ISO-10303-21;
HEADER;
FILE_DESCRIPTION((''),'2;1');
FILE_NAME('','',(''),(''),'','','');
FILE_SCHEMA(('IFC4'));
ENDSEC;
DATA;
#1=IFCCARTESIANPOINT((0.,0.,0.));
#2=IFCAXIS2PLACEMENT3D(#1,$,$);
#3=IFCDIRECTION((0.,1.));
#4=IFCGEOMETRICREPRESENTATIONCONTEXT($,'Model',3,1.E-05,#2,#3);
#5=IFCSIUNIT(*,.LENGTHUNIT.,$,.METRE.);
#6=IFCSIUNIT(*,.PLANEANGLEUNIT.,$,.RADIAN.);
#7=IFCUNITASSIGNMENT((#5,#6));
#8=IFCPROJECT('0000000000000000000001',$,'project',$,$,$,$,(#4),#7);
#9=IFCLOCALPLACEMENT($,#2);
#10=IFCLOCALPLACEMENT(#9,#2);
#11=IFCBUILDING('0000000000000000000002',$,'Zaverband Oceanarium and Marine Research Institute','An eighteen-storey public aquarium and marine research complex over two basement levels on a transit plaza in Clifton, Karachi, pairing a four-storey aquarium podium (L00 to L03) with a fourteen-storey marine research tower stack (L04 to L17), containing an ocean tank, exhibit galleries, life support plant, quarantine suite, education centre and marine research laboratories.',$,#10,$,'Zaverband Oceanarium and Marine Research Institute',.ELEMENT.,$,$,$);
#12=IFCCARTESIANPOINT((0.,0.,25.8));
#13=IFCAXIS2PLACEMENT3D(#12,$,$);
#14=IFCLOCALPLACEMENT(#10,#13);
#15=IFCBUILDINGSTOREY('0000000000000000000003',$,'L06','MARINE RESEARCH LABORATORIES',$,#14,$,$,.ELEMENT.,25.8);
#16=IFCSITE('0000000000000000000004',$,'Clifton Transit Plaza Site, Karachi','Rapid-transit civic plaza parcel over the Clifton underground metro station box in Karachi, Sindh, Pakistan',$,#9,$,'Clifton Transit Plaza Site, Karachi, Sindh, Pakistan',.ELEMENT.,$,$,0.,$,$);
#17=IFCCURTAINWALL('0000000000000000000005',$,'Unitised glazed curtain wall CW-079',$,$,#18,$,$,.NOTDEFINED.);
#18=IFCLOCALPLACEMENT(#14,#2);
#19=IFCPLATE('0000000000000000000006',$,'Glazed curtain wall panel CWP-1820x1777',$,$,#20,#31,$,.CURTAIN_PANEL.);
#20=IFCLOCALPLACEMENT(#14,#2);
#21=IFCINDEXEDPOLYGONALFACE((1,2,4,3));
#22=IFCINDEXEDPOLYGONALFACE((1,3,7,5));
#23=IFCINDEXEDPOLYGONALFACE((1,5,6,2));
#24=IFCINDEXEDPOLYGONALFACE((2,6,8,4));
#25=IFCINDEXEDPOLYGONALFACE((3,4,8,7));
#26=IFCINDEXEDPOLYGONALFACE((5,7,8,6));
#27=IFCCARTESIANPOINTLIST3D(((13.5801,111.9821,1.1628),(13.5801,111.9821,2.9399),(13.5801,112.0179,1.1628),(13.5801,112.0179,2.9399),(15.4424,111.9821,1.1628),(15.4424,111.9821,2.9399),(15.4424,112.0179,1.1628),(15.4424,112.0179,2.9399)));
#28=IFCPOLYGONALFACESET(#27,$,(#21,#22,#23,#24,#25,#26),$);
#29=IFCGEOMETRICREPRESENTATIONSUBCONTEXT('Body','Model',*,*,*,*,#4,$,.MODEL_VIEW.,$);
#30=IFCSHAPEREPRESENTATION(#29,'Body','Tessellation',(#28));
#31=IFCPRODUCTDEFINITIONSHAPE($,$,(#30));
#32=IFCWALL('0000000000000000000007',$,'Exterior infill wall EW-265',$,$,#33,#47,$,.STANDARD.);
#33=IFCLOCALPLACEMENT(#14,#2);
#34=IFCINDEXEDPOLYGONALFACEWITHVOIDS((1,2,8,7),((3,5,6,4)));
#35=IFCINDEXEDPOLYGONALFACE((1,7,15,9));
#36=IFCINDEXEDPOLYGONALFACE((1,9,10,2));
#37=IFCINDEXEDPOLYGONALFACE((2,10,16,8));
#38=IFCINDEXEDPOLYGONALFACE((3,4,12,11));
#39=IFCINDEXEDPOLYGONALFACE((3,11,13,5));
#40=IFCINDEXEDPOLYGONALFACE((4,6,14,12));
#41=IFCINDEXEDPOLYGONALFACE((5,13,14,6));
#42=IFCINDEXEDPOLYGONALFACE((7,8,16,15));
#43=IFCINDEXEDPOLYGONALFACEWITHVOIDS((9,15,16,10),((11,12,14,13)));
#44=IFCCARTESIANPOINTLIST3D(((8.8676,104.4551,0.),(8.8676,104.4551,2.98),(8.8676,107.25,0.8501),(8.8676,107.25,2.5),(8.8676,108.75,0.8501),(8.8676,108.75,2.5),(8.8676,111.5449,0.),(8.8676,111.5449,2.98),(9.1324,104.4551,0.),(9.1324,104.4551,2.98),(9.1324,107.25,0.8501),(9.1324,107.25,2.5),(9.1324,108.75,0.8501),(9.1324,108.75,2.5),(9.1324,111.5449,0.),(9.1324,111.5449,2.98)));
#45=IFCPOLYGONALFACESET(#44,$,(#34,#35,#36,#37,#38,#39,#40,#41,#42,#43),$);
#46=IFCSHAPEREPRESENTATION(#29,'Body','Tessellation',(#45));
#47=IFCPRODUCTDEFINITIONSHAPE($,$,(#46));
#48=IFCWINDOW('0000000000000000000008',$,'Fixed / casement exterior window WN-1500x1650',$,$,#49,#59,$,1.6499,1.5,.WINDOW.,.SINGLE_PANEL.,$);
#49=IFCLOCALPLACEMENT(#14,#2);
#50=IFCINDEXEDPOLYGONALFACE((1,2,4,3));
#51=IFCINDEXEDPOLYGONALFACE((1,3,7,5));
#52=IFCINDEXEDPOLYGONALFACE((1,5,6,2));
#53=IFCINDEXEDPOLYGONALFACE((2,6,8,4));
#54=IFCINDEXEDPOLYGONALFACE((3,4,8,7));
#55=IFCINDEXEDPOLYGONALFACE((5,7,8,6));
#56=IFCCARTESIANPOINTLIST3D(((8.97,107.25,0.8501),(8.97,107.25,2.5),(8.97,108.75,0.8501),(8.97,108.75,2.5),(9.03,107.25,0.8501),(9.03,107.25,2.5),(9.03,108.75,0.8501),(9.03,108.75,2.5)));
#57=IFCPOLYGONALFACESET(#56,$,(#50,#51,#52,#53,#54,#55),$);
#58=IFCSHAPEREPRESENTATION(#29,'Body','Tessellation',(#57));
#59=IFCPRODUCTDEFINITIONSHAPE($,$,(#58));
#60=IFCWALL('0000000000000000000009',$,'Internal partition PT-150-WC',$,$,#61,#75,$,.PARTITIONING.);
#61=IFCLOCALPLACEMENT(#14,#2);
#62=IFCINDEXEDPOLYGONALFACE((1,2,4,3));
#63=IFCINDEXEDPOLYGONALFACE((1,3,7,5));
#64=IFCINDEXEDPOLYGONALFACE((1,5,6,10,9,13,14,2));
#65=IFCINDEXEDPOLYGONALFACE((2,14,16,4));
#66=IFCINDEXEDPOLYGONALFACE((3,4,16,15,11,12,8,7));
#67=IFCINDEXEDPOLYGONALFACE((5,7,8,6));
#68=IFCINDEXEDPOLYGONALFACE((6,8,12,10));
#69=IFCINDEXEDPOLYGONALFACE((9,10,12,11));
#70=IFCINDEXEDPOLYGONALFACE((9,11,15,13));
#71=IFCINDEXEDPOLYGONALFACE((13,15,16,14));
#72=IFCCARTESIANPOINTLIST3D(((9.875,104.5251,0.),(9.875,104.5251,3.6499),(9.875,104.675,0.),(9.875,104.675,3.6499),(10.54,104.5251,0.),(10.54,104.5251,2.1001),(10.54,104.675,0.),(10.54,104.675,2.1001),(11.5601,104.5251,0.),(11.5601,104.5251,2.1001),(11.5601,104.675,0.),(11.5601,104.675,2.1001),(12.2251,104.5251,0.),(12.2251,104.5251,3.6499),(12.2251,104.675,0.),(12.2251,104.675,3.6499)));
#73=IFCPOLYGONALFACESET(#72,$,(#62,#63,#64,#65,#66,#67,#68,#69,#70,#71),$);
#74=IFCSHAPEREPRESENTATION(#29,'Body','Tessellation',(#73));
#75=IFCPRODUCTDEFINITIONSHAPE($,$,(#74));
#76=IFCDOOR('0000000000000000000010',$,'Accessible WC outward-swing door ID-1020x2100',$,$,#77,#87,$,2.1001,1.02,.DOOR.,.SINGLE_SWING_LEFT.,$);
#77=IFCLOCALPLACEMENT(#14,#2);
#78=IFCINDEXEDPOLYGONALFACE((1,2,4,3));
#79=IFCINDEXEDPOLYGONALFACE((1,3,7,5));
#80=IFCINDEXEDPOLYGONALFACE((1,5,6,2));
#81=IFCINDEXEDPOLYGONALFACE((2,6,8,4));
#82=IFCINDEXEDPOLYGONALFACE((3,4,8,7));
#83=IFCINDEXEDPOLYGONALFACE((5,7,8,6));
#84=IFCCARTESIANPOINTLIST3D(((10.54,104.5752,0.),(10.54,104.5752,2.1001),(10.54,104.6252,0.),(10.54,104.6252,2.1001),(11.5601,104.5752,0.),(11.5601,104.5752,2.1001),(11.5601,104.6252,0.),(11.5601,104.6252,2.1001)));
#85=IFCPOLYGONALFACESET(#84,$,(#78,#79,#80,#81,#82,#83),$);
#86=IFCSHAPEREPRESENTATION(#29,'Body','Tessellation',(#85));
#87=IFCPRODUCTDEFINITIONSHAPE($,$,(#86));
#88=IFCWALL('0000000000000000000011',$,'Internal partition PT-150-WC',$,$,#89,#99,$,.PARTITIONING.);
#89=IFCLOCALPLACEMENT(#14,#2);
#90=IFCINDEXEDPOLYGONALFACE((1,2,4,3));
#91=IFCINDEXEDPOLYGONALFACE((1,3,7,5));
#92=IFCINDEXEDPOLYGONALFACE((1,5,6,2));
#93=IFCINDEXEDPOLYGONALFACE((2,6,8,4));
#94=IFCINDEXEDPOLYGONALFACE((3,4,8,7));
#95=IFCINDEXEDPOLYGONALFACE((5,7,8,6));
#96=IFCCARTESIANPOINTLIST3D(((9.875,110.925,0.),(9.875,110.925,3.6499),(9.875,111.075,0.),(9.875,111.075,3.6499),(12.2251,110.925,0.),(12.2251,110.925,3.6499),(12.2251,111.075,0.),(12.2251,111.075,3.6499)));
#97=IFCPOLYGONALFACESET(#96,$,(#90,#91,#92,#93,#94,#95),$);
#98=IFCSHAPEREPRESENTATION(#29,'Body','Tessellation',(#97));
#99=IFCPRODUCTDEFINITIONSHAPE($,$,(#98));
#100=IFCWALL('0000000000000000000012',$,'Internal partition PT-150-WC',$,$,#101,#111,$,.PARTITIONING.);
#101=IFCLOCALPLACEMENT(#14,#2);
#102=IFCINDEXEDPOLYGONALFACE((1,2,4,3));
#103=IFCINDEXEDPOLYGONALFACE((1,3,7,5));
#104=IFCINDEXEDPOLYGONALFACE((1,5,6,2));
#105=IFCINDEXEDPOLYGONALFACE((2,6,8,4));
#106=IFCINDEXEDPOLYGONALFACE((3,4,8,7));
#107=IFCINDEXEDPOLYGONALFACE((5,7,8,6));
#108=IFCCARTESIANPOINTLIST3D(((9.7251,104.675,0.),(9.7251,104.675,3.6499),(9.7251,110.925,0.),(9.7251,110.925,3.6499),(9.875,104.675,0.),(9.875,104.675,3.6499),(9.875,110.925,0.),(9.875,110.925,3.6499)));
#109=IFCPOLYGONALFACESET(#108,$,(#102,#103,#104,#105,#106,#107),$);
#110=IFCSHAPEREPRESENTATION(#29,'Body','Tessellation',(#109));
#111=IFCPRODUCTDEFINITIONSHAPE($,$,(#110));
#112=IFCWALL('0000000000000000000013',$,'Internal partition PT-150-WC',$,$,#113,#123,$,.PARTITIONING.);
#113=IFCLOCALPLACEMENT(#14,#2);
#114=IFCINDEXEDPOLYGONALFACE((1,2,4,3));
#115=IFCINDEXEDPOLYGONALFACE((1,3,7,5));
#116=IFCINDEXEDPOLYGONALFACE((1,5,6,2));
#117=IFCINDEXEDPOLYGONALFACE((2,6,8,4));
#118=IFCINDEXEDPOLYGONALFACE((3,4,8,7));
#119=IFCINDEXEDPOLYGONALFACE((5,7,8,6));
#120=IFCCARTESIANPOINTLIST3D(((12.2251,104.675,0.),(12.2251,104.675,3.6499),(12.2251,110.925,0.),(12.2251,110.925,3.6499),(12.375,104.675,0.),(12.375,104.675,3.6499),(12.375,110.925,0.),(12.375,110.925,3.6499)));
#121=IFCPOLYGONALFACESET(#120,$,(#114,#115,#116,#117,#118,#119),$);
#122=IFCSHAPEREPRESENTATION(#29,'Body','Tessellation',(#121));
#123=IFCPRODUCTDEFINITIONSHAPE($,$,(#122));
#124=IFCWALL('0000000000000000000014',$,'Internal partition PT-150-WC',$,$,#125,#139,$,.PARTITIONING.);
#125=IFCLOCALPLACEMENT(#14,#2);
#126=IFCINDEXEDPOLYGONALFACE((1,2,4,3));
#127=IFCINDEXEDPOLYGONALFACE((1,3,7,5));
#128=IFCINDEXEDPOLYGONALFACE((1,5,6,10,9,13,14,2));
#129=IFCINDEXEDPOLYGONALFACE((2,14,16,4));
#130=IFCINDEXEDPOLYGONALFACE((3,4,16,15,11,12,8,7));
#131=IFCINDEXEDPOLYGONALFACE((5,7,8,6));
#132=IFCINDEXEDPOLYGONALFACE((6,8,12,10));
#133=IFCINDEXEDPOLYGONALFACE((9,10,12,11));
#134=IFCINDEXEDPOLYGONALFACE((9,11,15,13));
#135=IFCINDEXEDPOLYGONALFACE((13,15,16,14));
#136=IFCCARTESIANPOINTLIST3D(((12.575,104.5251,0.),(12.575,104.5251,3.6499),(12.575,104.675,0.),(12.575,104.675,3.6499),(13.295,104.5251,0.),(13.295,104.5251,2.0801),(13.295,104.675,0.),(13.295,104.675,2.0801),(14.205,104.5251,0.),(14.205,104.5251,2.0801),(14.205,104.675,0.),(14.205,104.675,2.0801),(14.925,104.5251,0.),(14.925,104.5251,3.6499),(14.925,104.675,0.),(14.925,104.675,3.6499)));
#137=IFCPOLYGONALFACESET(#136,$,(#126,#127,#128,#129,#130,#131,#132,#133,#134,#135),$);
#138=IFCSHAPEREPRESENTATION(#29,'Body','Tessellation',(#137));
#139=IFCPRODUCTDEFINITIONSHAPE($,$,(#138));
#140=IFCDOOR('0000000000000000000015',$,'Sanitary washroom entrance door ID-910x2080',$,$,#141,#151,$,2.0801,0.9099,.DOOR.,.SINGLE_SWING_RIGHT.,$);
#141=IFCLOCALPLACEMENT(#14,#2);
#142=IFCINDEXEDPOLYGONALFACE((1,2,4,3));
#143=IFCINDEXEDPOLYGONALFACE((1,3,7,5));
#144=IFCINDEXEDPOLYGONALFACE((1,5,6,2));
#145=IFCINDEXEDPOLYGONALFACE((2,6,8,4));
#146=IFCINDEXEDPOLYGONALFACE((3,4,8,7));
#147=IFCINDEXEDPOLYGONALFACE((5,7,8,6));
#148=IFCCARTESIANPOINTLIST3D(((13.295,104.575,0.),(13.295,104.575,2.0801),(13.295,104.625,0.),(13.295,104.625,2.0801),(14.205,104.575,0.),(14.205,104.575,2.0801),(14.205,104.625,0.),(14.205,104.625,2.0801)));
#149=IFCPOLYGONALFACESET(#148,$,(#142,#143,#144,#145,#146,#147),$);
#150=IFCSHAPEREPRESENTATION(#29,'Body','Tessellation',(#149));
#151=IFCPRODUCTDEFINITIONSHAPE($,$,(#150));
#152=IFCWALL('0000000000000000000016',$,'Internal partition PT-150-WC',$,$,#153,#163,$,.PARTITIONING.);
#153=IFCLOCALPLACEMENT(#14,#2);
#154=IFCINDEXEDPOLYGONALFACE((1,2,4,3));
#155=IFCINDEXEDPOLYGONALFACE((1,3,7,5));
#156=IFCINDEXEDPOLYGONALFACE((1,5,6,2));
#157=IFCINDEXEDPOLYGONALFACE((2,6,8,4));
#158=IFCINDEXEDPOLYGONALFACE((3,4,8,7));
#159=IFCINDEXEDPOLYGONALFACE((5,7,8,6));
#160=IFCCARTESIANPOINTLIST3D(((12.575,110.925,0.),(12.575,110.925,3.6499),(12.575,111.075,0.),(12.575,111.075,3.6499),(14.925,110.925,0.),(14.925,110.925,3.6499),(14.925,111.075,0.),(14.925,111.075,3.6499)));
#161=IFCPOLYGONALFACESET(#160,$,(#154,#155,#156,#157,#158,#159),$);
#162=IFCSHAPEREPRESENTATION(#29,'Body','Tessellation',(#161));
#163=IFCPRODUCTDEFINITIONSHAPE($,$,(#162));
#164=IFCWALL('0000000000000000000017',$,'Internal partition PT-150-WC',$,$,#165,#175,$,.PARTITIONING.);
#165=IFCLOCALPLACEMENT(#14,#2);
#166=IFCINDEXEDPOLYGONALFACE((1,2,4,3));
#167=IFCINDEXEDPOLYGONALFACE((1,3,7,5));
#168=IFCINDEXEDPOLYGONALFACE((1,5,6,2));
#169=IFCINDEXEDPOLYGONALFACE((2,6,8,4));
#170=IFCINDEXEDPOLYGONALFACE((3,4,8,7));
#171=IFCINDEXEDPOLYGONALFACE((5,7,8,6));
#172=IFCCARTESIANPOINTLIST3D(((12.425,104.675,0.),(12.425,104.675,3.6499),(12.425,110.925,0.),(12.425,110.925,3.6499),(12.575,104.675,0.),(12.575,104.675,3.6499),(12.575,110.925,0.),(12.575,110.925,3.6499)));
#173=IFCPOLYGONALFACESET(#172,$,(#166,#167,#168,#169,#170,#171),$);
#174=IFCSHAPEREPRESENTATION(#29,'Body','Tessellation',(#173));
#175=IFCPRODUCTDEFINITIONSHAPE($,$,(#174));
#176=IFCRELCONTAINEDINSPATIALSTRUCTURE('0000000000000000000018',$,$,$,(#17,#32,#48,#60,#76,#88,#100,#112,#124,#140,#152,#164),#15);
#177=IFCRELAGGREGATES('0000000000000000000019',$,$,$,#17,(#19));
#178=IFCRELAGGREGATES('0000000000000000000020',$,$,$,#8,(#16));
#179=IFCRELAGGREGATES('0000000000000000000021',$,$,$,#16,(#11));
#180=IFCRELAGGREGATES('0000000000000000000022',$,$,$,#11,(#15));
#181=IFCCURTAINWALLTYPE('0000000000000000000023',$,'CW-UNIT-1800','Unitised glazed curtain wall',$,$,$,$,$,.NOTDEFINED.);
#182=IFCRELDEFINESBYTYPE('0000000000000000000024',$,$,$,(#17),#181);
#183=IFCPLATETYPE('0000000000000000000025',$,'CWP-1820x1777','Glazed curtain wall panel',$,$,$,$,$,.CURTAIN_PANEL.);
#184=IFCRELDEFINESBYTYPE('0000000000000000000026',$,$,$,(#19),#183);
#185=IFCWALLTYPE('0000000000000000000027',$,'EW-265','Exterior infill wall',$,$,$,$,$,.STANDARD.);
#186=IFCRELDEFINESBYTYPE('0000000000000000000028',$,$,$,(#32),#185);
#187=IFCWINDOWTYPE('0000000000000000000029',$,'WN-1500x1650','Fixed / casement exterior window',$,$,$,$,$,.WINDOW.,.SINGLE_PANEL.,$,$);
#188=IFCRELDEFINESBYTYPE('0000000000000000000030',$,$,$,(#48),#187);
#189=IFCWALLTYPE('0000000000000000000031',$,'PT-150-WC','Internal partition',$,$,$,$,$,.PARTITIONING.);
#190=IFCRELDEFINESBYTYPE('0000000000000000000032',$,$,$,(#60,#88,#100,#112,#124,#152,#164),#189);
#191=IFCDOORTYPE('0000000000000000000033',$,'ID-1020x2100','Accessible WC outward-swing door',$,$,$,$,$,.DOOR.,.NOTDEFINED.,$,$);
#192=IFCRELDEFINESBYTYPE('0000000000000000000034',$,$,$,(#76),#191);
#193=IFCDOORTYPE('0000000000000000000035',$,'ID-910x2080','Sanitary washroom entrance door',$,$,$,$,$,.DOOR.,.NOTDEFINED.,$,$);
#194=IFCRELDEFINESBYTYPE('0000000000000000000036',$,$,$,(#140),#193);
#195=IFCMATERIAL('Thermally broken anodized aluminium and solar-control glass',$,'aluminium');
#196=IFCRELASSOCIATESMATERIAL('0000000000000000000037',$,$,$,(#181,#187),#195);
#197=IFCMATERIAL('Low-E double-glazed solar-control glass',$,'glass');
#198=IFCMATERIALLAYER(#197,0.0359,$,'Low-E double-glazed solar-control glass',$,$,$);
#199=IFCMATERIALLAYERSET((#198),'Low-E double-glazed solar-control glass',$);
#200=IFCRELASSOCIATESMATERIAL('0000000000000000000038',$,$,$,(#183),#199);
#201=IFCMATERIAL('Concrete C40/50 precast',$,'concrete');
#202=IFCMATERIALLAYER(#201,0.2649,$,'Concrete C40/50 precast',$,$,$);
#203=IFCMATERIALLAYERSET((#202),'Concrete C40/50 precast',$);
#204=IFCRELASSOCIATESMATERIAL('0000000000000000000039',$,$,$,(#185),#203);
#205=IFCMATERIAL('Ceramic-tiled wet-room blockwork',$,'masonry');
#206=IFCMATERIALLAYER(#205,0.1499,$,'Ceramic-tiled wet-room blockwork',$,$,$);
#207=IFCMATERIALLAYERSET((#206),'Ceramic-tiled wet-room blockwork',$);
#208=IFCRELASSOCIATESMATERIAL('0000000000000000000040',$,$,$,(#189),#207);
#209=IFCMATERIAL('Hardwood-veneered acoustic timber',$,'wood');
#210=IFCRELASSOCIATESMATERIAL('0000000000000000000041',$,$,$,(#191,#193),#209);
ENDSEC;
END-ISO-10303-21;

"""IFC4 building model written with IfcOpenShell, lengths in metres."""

from ifc_helpers import new_model, si_unit, direction, frame, frame_2d, origin, place, context, subcontext, project, spatial, rectangle, extrude, material, layer, layer_set, type_object, element, fill, aggregate, save


model = new_model("IFC4")

# Units and contexts
model_context = context("Model", 3, precision=1e-05, world=origin(), true_north=direction((0.0, 1.0)))
body_context = subcontext(model_context, "Body", "Model", "MODEL_VIEW")
ifc_project = project(units=[si_unit("LENGTHUNIT", "METRE"), si_unit("PLANEANGLEUNIT", "RADIAN")], contexts=[model_context])

# Site, building, storey
site_placement = place(None, origin())
site = spatial("IfcSite", under=ifc_project, at=site_placement, Name="Clifton Transit Plaza Site, Karachi", Description="Rapid-transit civic plaza parcel over the Clifton underground metro station box in Karachi, Sindh, Pakistan", LongName="Clifton Transit Plaza Site, Karachi, Sindh, Pakistan", CompositionType="ELEMENT", RefElevation=0.0)
building_placement = place(site_placement, origin())
building = spatial("IfcBuilding", under=site, at=building_placement, Name="Zaverband Oceanarium and Marine Research Institute", Description="An eighteen-storey public aquarium and marine research complex over two basement levels on a transit plaza in Clifton, Karachi, pairing a four-storey aquarium podium (L00 to L03) with a fourteen-storey marine research tower stack (L04 to L17), containing an ocean tank, exhibit galleries, life support plant, quarantine suite, education centre and marine research laboratories.", LongName="Zaverband Oceanarium and Marine Research Institute", CompositionType="ELEMENT")
storey_placement = place(building_placement, frame((0.0, 0.0, 25.8)))
storey = spatial("IfcBuildingStorey", under=building, at=storey_placement, Name="L06", Description="MARINE RESEARCH LABORATORIES", CompositionType="ELEMENT", Elevation=25.8)

# Curtain wall
ifc_material_1 = material(Name="Thermally broken anodized aluminium and solar-control glass", Category="aluminium")
curtain_wall_type = type_object("IfcCurtainWallType", Name="CW-UNIT-1800", Description="Unitised glazed curtain wall", PredefinedType="NOTDEFINED", material=ifc_material_1)
curtain_wall_placement = place(storey_placement, origin())
curtain_wall = element("IfcCurtainWall", 1, at=curtain_wall_placement, inside=storey, type_object=curtain_wall_type, Name="Unitised glazed curtain wall CW-079", PredefinedType="NOTDEFINED")

# Plate
ifc_material_2 = material(Name="Low-E double-glazed solar-control glass", Category="glass")
ifc_layer_1 = layer(ifc_material_2, 0.0359, Name="Low-E double-glazed solar-control glass")
ifc_layer_set_1 = layer_set([ifc_layer_1], Name="Low-E double-glazed solar-control glass")
plate_type_1 = type_object("IfcPlateType", Name="CWP-1820x1777", Description="Glazed curtain wall panel", PredefinedType="CURTAIN_PANEL", material=ifc_layer_set_1)
plate_1_placement = place(storey_placement, frame((13.5801, 112.0, 1.1628), z_axis=(0.0, 0.0, 1.0), x_axis=(1.0, 0.0, 0.0)))
plate_1 = element("IfcPlate", 2, at=plate_1_placement, type_object=plate_type_1, Name="Glazed curtain wall panel CWP-1820x1777", PredefinedType="CURTAIN_PANEL", context=body_context, shape_type="SweptSolid", body=[
    extrude(rectangle(XDim=1.8623, YDim=0.0359, at=frame_2d((0.9312, 0.0))), origin(), (0.0, 0.0, 1.0), 1.7771),
])
aggregate(curtain_wall, [plate_1])

# Wall, opening, window
ifc_material_3 = material(Name="Concrete C40/50 precast", Category="concrete")
ifc_layer_2 = layer(ifc_material_3, 0.2649, Name="Concrete C40/50 precast")
ifc_layer_set_2 = layer_set([ifc_layer_2], Name="Concrete C40/50 precast")
wall_type_1 = type_object("IfcWallType", Name="EW-265", Description="Exterior infill wall", PredefinedType="STANDARD", material=ifc_layer_set_2)
wall_1_placement = place(storey_placement, frame((9.0, 104.4551, 0.0), z_axis=(0.0, 0.0, 1.0), x_axis=(0.0, 1.0, 0.0)))
wall_1 = element("IfcWall", 3, at=wall_1_placement, inside=storey, type_object=wall_type_1, Name="Exterior infill wall EW-265", PredefinedType="STANDARD", context=body_context, shape_type="SweptSolid", body=[
    extrude(rectangle(XDim=7.0898, YDim=0.2649, at=frame_2d((3.5449, 0.0))), origin(), (0.0, 0.0, 1.0), 2.98),
])
opening_1_placement = place(wall_1_placement, frame((2.7949, 0.0, 0.8501)))
opening_1 = element("IfcOpeningElement", 4, at=opening_1_placement, cuts=wall_1, PredefinedType="OPENING", context=body_context, shape_type="SweptSolid", body=[
    extrude(rectangle(XDim=1.5, YDim=1.6499, at=frame_2d((0.75, 0.825))), frame((0.0, 0.1445, 0.0), z_axis=(0.0, -1.0, 0.0), x_axis=(1.0, 0.0, 0.0)), (0.0, 0.0, 1.0), 0.2888),
])
window_type = type_object("IfcWindowType", Name="WN-1500x1650", Description="Fixed / casement exterior window", PartitioningType="SINGLE_PANEL", PredefinedType="WINDOW", material=ifc_material_1)
window_placement = place(opening_1_placement, origin())
window = element("IfcWindow", 5, at=window_placement, inside=storey, type_object=window_type, Name="Fixed / casement exterior window WN-1500x1650", OverallHeight=1.6499, OverallWidth=1.5, PartitioningType="SINGLE_PANEL", PredefinedType="WINDOW", context=body_context, shape_type="SweptSolid", body=[
    extrude(rectangle(XDim=1.5, YDim=1.6499, at=frame_2d((0.75, 0.825))), frame((0.0, 0.03, 0.0), z_axis=(0.0, -1.0, 0.0), x_axis=(1.0, 0.0, 0.0)), (0.0, 0.0, 1.0), 0.0601),
])
fill(opening_1, window)

# Wall, opening, door
ifc_material_4 = material(Name="Ceramic-tiled wet-room blockwork", Category="masonry")
ifc_layer_3 = layer(ifc_material_4, 0.1499, Name="Ceramic-tiled wet-room blockwork")
ifc_layer_set_3 = layer_set([ifc_layer_3], Name="Ceramic-tiled wet-room blockwork")
wall_type_2 = type_object("IfcWallType", Name="PT-150-WC", Description="Internal partition", PredefinedType="PARTITIONING", material=ifc_layer_set_3)
wall_2_placement = place(storey_placement, frame((9.875, 104.6001, 0.0), z_axis=(0.0, 0.0, 1.0), x_axis=(1.0, 0.0, 0.0)))
wall_2 = element("IfcWall", 6, at=wall_2_placement, inside=storey, type_object=wall_type_2, Name="Internal partition PT-150-WC", PredefinedType="PARTITIONING", context=body_context, shape_type="SweptSolid", body=[
    extrude(rectangle(XDim=2.3501, YDim=0.1499, at=frame_2d((1.175, 0.0))), origin(), (0.0, 0.0, 1.0), 3.6499),
])
opening_2_placement = place(wall_2_placement, frame((0.665, 0.0, 0.0)))
opening_2 = element("IfcOpeningElement", 7, at=opening_2_placement, cuts=wall_2, PredefinedType="OPENING", context=body_context, shape_type="SweptSolid", body=[
    extrude(rectangle(XDim=1.02, YDim=2.1001, at=frame_2d((0.51, 1.05))), frame((0.0, 0.0869, 0.0), z_axis=(0.0, -1.0, 0.0), x_axis=(1.0, 0.0, 0.0)), (0.0, 0.0, 1.0), 0.1738),
])
ifc_material_5 = material(Name="Hardwood-veneered acoustic timber", Category="wood")
door_type_1 = type_object("IfcDoorType", Name="ID-1020x2100", Description="Accessible WC outward-swing door", OperationType="NOTDEFINED", PredefinedType="DOOR", material=ifc_material_5)
door_1_placement = place(opening_2_placement, frame((1.02, 0.0, 0.0), z_axis=(0.0, 0.0, 1.0), x_axis=(-1.0, 0.0, 0.0)))
door_1 = element("IfcDoor", 8, at=door_1_placement, inside=storey, type_object=door_type_1, Name="Accessible WC outward-swing door ID-1020x2100", OperationType="SINGLE_SWING_LEFT", OverallHeight=2.1001, OverallWidth=1.02, PredefinedType="DOOR", context=body_context, shape_type="SweptSolid", body=[
    extrude(rectangle(XDim=1.02, YDim=2.1001, at=frame_2d((0.51, 1.05))), frame((0.0, 0.0249, 0.0), z_axis=(0.0, -1.0, 0.0), x_axis=(1.0, 0.0, 0.0)), (0.0, 0.0, 1.0), 0.05),
])
fill(opening_2, door_1)

# Walls
wall_3_placement = place(storey_placement, frame((9.875, 111.0, 0.0), z_axis=(0.0, 0.0, 1.0), x_axis=(1.0, 0.0, 0.0)))
element("IfcWall", 9, at=wall_3_placement, inside=storey, type_object=wall_type_2, Name="Internal partition PT-150-WC", PredefinedType="PARTITIONING", context=body_context, shape_type="SweptSolid", body=[
    extrude(rectangle(XDim=2.3501, YDim=0.1499, at=frame_2d((1.175, 0.0))), origin(), (0.0, 0.0, 1.0), 3.6499),
])
for number, where, z_axis, x_axis, name in (
    (10, (9.8, 104.675, 0.0), (0.0, 0.0, 1.0), (0.0, 1.0, 0.0), "Internal partition PT-150-WC"),
    (11, (12.3, 104.675, 0.0), (0.0, 0.0, 1.0), (0.0, 1.0, 0.0), "Internal partition PT-150-WC"),
):
    element("IfcWall", number, at=place(storey_placement, frame(where, z_axis=z_axis, x_axis=x_axis)), inside=storey, type_object=wall_type_2, Name=name, PredefinedType="PARTITIONING", context=body_context, shape_type="SweptSolid", body=[
        extrude(rectangle(XDim=6.25, YDim=0.1499, at=frame_2d((3.125, 0.0))), origin(), (0.0, 0.0, 1.0), 3.6499),
    ])

# Wall, opening, door
wall_4_placement = place(storey_placement, frame((12.575, 104.6001, 0.0), z_axis=(0.0, 0.0, 1.0), x_axis=(1.0, 0.0, 0.0)))
wall_4 = element("IfcWall", 12, at=wall_4_placement, inside=storey, type_object=wall_type_2, Name="Internal partition PT-150-WC", PredefinedType="PARTITIONING", context=body_context, shape_type="SweptSolid", body=[
    extrude(rectangle(XDim=2.3501, YDim=0.1499, at=frame_2d((1.175, 0.0))), origin(), (0.0, 0.0, 1.0), 3.6499),
])
opening_3_placement = place(wall_4_placement, frame((0.72, 0.0, 0.0)))
opening_3 = element("IfcOpeningElement", 13, at=opening_3_placement, cuts=wall_4, PredefinedType="OPENING", context=body_context, shape_type="SweptSolid", body=[
    extrude(rectangle(XDim=0.9099, YDim=2.0801, at=frame_2d((0.4551, 1.04))), frame((0.0, 0.0869, 0.0), z_axis=(0.0, -1.0, 0.0), x_axis=(1.0, 0.0, 0.0)), (0.0, 0.0, 1.0), 0.1738),
])
door_type_2 = type_object("IfcDoorType", Name="ID-910x2080", Description="Sanitary washroom entrance door", OperationType="NOTDEFINED", PredefinedType="DOOR", material=ifc_material_5)
door_2_placement = place(opening_3_placement, origin())
door_2 = element("IfcDoor", 14, at=door_2_placement, inside=storey, type_object=door_type_2, Name="Sanitary washroom entrance door ID-910x2080", OperationType="SINGLE_SWING_RIGHT", OverallHeight=2.0801, OverallWidth=0.9099, PredefinedType="DOOR", context=body_context, shape_type="SweptSolid", body=[
    extrude(rectangle(XDim=0.9099, YDim=2.0801, at=frame_2d((0.4551, 1.04))), frame((0.0, 0.0249, 0.0), z_axis=(0.0, -1.0, 0.0), x_axis=(1.0, 0.0, 0.0)), (0.0, 0.0, 1.0), 0.05),
])
fill(opening_3, door_2)

# Walls
wall_5_placement = place(storey_placement, frame((12.575, 111.0, 0.0), z_axis=(0.0, 0.0, 1.0), x_axis=(1.0, 0.0, 0.0)))
element("IfcWall", 15, at=wall_5_placement, inside=storey, type_object=wall_type_2, Name="Internal partition PT-150-WC", PredefinedType="PARTITIONING", context=body_context, shape_type="SweptSolid", body=[
    extrude(rectangle(XDim=2.3501, YDim=0.1499, at=frame_2d((1.175, 0.0))), origin(), (0.0, 0.0, 1.0), 3.6499),
])
for number, where, z_axis, x_axis, name in (
    (16, (12.5, 104.675, 0.0), (0.0, 0.0, 1.0), (0.0, 1.0, 0.0), "Internal partition PT-150-WC"),
):
    element("IfcWall", number, at=place(storey_placement, frame(where, z_axis=z_axis, x_axis=x_axis)), inside=storey, type_object=wall_type_2, Name=name, PredefinedType="PARTITIONING", context=body_context, shape_type="SweptSolid", body=[
        extrude(rectangle(XDim=6.25, YDim=0.1499, at=frame_2d((3.125, 0.0))), origin(), (0.0, 0.0, 1.0), 3.6499),
    ])

save(model, "model.ifc")
